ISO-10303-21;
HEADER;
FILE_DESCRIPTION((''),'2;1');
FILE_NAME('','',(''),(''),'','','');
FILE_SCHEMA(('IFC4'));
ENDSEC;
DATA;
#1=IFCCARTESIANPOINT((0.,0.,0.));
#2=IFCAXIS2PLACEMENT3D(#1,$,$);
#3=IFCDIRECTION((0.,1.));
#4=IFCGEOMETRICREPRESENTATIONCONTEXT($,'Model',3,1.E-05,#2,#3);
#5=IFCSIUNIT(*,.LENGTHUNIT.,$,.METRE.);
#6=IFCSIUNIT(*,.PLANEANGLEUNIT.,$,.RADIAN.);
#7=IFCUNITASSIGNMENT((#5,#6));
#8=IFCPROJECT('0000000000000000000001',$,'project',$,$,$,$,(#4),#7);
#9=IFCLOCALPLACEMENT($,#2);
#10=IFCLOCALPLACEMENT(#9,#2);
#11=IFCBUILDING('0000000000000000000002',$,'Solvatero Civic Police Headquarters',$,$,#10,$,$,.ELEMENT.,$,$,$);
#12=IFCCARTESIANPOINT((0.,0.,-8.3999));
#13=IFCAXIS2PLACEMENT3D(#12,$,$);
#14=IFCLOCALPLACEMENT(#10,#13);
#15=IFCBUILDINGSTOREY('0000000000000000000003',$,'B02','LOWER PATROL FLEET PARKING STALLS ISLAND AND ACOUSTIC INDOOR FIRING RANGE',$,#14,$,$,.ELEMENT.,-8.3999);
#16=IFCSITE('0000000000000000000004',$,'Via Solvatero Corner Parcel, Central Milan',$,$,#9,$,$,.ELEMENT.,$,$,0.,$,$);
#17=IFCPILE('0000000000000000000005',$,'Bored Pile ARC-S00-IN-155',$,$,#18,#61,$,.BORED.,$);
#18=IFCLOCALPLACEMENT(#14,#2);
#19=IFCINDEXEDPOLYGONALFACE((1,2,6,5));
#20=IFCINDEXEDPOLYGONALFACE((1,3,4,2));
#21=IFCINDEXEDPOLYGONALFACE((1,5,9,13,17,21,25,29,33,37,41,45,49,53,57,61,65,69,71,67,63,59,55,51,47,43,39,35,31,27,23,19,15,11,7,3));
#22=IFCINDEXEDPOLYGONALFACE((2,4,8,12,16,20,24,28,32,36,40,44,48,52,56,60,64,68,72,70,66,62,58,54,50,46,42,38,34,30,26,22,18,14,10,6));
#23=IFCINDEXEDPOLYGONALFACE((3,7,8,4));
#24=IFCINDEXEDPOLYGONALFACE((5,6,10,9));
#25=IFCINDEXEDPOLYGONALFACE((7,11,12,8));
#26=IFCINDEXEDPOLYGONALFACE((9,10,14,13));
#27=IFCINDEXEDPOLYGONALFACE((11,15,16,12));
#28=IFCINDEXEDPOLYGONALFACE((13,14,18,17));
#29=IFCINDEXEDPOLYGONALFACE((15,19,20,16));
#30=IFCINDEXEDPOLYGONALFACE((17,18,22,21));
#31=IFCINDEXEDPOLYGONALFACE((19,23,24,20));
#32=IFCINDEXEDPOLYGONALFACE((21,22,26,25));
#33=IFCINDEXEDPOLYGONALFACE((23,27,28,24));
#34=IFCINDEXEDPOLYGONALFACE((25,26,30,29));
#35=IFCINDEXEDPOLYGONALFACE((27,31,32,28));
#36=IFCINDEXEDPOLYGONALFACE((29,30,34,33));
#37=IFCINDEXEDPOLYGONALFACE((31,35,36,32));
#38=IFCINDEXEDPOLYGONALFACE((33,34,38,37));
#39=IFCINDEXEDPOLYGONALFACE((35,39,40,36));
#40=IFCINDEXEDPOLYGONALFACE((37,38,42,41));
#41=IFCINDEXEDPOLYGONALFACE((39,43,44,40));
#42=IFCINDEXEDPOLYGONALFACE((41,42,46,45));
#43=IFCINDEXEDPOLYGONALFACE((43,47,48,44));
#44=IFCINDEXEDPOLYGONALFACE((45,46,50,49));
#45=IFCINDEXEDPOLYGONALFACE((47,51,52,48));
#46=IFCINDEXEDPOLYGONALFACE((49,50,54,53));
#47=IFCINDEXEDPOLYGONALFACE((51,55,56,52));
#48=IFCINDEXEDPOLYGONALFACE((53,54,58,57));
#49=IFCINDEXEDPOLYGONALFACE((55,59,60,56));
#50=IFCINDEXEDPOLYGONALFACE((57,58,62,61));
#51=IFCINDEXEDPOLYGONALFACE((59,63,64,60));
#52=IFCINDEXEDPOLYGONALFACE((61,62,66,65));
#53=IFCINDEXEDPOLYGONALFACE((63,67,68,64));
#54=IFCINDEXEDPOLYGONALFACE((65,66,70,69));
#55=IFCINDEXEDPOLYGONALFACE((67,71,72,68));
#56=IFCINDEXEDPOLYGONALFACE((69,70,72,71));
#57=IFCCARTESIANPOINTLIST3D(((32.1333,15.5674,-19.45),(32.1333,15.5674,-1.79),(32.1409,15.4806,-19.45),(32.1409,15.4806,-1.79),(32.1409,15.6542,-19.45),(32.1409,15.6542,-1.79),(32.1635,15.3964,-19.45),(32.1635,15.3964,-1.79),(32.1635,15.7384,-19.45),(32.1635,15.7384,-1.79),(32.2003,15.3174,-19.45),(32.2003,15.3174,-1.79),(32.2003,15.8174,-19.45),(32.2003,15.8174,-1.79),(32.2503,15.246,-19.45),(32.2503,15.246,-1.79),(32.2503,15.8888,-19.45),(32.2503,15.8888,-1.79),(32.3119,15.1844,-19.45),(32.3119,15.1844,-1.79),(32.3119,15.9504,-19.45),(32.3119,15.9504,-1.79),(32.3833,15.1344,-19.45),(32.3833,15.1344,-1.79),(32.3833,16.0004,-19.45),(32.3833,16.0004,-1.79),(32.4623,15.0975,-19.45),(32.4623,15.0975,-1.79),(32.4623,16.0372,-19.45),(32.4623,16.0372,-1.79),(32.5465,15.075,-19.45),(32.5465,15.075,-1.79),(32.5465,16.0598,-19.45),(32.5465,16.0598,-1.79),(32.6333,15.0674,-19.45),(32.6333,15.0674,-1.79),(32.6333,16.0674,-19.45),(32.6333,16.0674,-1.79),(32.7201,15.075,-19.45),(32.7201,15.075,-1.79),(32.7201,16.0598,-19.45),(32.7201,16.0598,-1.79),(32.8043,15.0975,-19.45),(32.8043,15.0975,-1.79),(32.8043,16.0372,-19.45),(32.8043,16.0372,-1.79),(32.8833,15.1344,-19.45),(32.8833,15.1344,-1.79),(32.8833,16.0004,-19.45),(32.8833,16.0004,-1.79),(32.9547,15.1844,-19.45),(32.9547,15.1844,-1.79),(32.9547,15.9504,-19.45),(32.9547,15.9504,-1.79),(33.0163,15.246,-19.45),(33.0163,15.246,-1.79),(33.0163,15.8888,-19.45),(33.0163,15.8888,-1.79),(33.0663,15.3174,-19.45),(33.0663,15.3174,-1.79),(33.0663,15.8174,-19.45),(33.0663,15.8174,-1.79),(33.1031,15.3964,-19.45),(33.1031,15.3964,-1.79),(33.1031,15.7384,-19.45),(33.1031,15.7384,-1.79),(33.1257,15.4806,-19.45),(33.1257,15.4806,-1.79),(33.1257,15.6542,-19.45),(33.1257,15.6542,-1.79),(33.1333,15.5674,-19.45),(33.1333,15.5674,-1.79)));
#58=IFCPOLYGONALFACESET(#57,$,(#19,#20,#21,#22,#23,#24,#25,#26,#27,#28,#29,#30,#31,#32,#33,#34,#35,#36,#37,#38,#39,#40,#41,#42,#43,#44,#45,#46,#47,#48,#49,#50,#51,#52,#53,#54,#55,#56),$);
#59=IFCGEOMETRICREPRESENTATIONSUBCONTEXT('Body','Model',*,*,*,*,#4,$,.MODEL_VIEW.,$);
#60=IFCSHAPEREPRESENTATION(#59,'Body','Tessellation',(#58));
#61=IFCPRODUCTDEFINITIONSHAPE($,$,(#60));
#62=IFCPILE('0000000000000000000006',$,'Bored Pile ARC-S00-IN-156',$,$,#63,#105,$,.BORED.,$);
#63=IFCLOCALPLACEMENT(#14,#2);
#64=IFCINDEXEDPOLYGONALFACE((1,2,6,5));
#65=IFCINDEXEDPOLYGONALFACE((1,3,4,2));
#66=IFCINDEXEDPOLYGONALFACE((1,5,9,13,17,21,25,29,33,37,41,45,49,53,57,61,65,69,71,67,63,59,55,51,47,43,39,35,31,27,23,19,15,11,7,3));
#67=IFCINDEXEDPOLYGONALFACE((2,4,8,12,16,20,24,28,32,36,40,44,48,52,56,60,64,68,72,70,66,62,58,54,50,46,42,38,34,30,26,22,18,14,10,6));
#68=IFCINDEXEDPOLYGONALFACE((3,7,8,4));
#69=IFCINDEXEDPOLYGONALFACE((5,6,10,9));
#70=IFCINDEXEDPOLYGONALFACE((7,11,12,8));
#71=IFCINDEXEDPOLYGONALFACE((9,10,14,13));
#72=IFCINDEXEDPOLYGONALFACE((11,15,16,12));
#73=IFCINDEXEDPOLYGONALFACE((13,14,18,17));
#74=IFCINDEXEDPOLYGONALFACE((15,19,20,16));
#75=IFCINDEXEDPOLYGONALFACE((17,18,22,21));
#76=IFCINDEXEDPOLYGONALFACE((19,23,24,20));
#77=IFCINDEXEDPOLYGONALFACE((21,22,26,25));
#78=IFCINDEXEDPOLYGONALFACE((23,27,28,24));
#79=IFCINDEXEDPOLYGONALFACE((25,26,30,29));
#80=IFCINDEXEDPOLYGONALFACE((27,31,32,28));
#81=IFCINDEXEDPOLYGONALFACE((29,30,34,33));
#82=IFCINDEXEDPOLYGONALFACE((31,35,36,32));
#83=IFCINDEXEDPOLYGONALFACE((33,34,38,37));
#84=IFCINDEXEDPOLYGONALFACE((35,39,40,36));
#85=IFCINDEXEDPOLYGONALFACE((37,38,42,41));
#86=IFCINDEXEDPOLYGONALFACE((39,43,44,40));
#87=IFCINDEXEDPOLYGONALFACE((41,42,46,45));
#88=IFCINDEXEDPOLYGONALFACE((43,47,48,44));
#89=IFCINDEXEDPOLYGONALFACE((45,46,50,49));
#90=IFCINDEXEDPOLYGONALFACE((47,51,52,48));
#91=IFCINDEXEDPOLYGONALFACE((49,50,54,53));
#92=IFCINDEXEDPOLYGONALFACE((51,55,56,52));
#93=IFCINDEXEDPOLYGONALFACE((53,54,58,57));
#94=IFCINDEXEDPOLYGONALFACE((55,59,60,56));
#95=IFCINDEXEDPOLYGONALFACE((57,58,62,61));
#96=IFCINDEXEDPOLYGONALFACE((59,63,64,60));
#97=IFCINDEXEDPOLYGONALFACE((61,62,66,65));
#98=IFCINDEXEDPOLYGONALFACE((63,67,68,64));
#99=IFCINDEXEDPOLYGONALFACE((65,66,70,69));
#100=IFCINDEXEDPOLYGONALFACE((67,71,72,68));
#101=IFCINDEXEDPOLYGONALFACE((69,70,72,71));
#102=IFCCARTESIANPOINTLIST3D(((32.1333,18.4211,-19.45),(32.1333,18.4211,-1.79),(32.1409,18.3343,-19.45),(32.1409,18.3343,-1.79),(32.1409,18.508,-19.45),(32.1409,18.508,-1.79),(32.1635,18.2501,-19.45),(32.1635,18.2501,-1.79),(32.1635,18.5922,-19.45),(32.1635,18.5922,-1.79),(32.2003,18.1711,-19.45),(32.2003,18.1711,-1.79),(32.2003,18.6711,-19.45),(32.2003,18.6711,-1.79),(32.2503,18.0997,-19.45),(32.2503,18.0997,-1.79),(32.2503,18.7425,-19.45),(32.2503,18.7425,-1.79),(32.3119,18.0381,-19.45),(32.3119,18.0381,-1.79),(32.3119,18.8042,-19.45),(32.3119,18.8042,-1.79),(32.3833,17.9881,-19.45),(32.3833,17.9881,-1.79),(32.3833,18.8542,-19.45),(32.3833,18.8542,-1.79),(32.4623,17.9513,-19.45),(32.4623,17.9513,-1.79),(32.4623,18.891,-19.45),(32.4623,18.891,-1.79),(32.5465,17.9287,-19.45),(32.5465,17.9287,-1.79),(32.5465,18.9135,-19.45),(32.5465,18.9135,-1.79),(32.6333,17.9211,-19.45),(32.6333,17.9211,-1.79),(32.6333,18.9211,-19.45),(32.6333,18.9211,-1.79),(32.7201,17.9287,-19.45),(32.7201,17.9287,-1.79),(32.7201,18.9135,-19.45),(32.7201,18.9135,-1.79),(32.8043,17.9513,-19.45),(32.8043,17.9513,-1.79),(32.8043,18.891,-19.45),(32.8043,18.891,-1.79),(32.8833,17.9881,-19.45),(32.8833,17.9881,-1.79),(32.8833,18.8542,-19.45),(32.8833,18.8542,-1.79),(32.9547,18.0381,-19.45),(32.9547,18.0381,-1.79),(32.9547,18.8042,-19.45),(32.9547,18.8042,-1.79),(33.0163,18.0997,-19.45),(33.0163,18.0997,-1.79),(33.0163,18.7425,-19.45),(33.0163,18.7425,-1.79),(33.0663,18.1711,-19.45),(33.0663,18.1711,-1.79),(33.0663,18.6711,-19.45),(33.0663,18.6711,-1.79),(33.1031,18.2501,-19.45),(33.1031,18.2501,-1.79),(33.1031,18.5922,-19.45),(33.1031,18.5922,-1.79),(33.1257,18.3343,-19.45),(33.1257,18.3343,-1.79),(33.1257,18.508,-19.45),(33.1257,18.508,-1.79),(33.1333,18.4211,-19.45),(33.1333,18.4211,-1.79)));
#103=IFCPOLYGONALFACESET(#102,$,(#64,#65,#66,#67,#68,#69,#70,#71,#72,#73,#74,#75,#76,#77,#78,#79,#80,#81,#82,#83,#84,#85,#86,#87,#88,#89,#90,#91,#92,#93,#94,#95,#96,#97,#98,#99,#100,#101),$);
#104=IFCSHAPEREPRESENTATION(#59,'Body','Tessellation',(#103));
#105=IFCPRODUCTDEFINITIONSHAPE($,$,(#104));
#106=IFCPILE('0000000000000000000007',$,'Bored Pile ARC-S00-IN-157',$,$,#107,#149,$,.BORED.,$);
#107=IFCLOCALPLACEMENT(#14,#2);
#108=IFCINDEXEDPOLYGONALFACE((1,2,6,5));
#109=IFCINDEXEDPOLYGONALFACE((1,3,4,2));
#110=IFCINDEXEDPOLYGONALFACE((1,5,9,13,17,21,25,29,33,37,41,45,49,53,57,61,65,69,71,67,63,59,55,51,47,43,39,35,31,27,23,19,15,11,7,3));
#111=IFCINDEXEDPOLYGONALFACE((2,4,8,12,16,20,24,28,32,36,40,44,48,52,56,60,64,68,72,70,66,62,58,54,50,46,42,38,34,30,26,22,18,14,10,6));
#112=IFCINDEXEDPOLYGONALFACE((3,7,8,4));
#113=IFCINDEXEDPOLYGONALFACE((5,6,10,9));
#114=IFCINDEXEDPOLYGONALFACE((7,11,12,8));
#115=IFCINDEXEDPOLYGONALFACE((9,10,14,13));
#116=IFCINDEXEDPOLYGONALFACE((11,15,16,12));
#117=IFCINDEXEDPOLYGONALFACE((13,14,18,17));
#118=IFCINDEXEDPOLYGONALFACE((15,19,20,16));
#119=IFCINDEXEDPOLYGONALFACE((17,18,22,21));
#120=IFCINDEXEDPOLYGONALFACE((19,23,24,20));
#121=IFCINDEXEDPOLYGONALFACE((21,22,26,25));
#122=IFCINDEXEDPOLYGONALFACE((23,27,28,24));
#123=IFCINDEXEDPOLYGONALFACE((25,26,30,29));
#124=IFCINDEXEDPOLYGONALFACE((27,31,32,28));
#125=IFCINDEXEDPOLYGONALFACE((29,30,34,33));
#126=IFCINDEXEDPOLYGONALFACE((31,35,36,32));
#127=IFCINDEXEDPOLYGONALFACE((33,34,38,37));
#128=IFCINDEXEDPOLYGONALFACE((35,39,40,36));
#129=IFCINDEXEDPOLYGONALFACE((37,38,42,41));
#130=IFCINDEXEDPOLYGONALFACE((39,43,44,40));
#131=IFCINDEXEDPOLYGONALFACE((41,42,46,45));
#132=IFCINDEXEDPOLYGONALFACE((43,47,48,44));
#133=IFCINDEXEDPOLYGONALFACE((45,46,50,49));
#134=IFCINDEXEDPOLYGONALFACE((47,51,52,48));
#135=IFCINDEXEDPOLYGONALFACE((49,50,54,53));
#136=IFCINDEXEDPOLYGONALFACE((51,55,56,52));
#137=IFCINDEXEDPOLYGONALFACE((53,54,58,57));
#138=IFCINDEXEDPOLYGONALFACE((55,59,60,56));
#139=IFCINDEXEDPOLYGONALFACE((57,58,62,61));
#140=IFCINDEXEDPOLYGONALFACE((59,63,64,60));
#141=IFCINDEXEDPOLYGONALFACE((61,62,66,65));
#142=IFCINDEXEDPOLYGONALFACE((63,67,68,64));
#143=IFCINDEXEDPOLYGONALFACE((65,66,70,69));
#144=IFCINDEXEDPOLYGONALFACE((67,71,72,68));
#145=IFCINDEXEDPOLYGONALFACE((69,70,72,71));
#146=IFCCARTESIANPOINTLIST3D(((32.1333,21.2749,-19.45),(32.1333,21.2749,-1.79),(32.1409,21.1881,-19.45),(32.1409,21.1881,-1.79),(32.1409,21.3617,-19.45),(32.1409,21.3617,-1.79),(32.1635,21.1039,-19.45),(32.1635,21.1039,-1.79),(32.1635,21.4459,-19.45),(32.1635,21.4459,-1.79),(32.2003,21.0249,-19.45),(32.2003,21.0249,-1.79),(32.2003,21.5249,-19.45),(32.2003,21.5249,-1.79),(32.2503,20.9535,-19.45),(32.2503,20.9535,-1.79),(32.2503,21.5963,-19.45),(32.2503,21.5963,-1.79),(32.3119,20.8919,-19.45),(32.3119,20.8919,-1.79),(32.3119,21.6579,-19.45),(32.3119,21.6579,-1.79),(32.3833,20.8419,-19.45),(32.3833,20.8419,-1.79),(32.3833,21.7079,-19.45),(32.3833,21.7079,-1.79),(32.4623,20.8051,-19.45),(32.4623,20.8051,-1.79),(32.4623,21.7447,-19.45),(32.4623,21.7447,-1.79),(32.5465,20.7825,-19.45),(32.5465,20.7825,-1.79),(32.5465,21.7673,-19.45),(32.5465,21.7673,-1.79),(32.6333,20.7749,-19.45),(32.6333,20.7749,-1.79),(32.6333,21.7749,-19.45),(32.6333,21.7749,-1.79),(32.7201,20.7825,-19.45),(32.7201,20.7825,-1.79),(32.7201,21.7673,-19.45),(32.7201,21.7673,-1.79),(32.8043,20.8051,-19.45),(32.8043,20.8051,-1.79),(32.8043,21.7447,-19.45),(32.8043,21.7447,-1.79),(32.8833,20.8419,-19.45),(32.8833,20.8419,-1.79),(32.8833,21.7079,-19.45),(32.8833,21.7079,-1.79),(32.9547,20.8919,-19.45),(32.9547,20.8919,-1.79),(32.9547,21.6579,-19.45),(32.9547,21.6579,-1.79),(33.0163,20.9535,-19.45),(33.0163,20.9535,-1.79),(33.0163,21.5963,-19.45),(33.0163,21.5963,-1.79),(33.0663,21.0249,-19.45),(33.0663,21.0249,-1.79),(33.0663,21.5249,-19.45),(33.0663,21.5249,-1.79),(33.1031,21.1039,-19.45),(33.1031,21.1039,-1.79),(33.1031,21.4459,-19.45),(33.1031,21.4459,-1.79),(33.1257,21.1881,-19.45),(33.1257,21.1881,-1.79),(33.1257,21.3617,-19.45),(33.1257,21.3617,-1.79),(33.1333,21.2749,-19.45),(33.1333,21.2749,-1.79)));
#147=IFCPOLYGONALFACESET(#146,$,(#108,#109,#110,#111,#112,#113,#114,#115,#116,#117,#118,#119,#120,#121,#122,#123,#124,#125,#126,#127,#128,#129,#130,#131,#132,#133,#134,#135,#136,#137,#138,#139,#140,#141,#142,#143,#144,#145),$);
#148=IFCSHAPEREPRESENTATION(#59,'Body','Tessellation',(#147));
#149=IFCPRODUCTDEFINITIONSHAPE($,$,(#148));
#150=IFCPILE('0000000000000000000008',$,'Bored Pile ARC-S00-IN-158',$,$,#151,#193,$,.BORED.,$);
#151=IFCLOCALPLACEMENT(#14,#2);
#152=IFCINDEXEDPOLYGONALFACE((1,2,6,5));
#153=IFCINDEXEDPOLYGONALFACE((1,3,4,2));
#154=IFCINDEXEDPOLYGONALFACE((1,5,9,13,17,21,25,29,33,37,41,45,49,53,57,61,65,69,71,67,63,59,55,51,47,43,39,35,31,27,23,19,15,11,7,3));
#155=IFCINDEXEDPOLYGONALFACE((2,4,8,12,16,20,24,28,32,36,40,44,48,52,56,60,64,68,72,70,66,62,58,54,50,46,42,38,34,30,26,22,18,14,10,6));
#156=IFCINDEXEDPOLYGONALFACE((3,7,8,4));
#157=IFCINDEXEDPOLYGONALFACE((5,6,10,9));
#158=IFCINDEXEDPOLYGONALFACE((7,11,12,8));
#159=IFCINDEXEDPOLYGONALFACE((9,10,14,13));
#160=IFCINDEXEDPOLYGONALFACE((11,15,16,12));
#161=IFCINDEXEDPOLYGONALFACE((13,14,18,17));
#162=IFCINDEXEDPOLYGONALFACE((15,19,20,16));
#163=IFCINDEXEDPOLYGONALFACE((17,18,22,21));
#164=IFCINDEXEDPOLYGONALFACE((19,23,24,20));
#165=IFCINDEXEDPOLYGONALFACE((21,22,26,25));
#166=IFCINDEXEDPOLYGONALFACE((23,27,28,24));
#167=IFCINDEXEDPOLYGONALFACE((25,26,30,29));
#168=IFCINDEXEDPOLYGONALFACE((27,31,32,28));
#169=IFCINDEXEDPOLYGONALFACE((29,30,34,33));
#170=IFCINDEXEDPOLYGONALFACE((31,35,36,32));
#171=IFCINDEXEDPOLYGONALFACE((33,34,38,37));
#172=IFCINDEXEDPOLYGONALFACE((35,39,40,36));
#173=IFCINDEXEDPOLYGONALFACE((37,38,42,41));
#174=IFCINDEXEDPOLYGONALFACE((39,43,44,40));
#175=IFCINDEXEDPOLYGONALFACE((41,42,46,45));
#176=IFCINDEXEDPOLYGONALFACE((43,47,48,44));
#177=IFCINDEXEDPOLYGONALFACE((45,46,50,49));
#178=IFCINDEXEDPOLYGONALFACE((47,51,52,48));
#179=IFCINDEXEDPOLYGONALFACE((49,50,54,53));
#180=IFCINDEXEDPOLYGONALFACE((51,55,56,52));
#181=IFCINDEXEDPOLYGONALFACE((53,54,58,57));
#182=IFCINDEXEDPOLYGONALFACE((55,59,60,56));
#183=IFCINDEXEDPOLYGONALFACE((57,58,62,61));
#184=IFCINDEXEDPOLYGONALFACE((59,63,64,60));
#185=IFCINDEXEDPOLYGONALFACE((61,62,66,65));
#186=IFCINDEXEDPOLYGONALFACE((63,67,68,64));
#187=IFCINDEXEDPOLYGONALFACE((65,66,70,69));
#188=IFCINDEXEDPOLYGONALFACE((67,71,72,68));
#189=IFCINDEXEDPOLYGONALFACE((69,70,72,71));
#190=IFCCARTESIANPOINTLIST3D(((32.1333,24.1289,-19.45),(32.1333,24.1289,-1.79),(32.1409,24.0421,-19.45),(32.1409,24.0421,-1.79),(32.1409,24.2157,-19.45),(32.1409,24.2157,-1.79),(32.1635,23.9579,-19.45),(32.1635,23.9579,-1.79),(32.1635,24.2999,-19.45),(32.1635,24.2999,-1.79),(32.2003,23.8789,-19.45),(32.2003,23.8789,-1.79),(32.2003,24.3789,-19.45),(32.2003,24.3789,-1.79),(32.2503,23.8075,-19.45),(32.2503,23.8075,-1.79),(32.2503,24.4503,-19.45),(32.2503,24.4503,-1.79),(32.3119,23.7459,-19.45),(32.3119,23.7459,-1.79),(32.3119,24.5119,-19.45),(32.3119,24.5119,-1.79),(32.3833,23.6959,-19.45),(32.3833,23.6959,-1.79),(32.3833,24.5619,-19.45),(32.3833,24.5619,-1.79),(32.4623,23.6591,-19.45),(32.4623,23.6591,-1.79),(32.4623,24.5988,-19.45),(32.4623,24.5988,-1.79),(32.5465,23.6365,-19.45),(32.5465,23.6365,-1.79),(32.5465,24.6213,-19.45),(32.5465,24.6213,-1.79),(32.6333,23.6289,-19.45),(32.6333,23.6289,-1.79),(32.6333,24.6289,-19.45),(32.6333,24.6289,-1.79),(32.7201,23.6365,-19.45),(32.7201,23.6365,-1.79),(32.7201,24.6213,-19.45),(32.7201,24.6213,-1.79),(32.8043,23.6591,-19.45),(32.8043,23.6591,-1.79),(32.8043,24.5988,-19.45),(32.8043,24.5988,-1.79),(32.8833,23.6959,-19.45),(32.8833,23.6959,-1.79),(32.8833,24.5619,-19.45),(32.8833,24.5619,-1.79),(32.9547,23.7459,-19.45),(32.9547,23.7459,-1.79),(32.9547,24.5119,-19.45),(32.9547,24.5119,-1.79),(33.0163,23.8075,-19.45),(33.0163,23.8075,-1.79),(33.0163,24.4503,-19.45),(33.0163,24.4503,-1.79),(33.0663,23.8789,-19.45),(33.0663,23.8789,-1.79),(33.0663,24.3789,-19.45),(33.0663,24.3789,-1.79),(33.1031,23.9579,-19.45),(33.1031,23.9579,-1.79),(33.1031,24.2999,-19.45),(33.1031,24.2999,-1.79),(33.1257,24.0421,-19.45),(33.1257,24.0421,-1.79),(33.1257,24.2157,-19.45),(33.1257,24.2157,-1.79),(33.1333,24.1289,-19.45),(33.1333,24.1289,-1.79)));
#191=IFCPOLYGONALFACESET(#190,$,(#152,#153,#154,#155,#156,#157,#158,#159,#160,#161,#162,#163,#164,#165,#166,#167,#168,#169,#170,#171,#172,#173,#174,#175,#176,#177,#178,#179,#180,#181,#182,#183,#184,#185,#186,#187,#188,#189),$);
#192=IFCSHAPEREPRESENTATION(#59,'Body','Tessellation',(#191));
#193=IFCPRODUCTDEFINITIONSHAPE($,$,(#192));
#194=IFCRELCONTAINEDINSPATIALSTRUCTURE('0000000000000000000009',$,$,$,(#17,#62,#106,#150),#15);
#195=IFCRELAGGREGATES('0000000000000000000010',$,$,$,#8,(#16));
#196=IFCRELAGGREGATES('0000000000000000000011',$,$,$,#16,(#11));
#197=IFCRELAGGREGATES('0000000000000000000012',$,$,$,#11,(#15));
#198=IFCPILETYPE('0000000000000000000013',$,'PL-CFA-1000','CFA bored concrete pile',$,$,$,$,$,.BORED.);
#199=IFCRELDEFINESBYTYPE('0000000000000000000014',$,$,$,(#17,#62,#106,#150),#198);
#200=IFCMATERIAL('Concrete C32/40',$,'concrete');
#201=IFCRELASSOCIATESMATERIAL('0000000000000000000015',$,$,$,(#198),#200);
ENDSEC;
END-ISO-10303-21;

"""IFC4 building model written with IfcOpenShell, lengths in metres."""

from ifc_helpers import new_model, si_unit, direction, frame, origin, origin_2d, place, context, subcontext, project, spatial, circle, extrude, material, material_profile, profile_set, type_object, element, save


model = new_model("IFC4")

# Units and contexts
model_context = context("Model", 3, precision=1e-05, world=origin(), true_north=direction((0.0, 1.0)))
body_context = subcontext(model_context, "Body", "Model", "MODEL_VIEW")
ifc_project = project(units=[si_unit("LENGTHUNIT", "METRE"), si_unit("PLANEANGLEUNIT", "RADIAN")], contexts=[model_context])

# Site, building, storey
site_placement = place(None, origin())
site = spatial("IfcSite", under=ifc_project, at=site_placement, Name="Via Solvatero Corner Parcel, Central Milan", CompositionType="ELEMENT", RefElevation=0.0)
building_placement = place(site_placement, origin())
building = spatial("IfcBuilding", under=site, at=building_placement, Name="Solvatero Civic Police Headquarters", CompositionType="ELEMENT")
storey_placement = place(building_placement, frame((0.0, 0.0, -8.3999)))
storey = spatial("IfcBuildingStorey", under=building, at=storey_placement, Name="B02", Description="LOWER PATROL FLEET PARKING STALLS ISLAND AND ACOUSTIC INDOOR FIRING RANGE", CompositionType="ELEMENT", Elevation=-8.3999)

# Piles
ifc_material_1 = material(Name="Concrete C32/40", Category="concrete")
ifc_material_profile_1 = material_profile(ifc_material_1, circle(Radius=0.5, at=origin_2d()), Name="CFA PILE D1000")
ifc_profile_set_1 = profile_set([ifc_material_profile_1], Name="Concrete C32/40")
pile_type_1 = type_object("IfcPileType", Name="PL-CFA-1000", Description="CFA bored concrete pile", PredefinedType="BORED", material=ifc_profile_set_1)
for number, where, z_axis, x_axis, name in (
    (1, (32.6333, 15.5674, -1.79), (0.0, 0.0, -1.0), (1.0, 0.0, 0.0), "Bored Pile ARC-S00-IN-155"),
    (2, (32.6333, 18.4211, -1.79), (0.0, 0.0, -1.0), (1.0, 0.0, 0.0), "Bored Pile ARC-S00-IN-156"),
    (3, (32.6333, 21.2749, -1.79), (0.0, 0.0, -1.0), (1.0, 0.0, 0.0), "Bored Pile ARC-S00-IN-157"),
    (4, (32.6333, 24.1289, -1.79), (0.0, 0.0, -1.0), (1.0, 0.0, 0.0), "Bored Pile ARC-S00-IN-158"),
):
    element("IfcPile", number, at=place(storey_placement, frame(where, z_axis=z_axis, x_axis=x_axis)), inside=storey, type_object=pile_type_1, Name=name, PredefinedType="BORED", context=body_context, shape_type="SweptSolid", body=[
        extrude(circle(Radius=0.5, at=origin_2d()), origin(), (0.0, 0.0, 1.0), 17.6599),
    ])

save(model, "model.ifc")
